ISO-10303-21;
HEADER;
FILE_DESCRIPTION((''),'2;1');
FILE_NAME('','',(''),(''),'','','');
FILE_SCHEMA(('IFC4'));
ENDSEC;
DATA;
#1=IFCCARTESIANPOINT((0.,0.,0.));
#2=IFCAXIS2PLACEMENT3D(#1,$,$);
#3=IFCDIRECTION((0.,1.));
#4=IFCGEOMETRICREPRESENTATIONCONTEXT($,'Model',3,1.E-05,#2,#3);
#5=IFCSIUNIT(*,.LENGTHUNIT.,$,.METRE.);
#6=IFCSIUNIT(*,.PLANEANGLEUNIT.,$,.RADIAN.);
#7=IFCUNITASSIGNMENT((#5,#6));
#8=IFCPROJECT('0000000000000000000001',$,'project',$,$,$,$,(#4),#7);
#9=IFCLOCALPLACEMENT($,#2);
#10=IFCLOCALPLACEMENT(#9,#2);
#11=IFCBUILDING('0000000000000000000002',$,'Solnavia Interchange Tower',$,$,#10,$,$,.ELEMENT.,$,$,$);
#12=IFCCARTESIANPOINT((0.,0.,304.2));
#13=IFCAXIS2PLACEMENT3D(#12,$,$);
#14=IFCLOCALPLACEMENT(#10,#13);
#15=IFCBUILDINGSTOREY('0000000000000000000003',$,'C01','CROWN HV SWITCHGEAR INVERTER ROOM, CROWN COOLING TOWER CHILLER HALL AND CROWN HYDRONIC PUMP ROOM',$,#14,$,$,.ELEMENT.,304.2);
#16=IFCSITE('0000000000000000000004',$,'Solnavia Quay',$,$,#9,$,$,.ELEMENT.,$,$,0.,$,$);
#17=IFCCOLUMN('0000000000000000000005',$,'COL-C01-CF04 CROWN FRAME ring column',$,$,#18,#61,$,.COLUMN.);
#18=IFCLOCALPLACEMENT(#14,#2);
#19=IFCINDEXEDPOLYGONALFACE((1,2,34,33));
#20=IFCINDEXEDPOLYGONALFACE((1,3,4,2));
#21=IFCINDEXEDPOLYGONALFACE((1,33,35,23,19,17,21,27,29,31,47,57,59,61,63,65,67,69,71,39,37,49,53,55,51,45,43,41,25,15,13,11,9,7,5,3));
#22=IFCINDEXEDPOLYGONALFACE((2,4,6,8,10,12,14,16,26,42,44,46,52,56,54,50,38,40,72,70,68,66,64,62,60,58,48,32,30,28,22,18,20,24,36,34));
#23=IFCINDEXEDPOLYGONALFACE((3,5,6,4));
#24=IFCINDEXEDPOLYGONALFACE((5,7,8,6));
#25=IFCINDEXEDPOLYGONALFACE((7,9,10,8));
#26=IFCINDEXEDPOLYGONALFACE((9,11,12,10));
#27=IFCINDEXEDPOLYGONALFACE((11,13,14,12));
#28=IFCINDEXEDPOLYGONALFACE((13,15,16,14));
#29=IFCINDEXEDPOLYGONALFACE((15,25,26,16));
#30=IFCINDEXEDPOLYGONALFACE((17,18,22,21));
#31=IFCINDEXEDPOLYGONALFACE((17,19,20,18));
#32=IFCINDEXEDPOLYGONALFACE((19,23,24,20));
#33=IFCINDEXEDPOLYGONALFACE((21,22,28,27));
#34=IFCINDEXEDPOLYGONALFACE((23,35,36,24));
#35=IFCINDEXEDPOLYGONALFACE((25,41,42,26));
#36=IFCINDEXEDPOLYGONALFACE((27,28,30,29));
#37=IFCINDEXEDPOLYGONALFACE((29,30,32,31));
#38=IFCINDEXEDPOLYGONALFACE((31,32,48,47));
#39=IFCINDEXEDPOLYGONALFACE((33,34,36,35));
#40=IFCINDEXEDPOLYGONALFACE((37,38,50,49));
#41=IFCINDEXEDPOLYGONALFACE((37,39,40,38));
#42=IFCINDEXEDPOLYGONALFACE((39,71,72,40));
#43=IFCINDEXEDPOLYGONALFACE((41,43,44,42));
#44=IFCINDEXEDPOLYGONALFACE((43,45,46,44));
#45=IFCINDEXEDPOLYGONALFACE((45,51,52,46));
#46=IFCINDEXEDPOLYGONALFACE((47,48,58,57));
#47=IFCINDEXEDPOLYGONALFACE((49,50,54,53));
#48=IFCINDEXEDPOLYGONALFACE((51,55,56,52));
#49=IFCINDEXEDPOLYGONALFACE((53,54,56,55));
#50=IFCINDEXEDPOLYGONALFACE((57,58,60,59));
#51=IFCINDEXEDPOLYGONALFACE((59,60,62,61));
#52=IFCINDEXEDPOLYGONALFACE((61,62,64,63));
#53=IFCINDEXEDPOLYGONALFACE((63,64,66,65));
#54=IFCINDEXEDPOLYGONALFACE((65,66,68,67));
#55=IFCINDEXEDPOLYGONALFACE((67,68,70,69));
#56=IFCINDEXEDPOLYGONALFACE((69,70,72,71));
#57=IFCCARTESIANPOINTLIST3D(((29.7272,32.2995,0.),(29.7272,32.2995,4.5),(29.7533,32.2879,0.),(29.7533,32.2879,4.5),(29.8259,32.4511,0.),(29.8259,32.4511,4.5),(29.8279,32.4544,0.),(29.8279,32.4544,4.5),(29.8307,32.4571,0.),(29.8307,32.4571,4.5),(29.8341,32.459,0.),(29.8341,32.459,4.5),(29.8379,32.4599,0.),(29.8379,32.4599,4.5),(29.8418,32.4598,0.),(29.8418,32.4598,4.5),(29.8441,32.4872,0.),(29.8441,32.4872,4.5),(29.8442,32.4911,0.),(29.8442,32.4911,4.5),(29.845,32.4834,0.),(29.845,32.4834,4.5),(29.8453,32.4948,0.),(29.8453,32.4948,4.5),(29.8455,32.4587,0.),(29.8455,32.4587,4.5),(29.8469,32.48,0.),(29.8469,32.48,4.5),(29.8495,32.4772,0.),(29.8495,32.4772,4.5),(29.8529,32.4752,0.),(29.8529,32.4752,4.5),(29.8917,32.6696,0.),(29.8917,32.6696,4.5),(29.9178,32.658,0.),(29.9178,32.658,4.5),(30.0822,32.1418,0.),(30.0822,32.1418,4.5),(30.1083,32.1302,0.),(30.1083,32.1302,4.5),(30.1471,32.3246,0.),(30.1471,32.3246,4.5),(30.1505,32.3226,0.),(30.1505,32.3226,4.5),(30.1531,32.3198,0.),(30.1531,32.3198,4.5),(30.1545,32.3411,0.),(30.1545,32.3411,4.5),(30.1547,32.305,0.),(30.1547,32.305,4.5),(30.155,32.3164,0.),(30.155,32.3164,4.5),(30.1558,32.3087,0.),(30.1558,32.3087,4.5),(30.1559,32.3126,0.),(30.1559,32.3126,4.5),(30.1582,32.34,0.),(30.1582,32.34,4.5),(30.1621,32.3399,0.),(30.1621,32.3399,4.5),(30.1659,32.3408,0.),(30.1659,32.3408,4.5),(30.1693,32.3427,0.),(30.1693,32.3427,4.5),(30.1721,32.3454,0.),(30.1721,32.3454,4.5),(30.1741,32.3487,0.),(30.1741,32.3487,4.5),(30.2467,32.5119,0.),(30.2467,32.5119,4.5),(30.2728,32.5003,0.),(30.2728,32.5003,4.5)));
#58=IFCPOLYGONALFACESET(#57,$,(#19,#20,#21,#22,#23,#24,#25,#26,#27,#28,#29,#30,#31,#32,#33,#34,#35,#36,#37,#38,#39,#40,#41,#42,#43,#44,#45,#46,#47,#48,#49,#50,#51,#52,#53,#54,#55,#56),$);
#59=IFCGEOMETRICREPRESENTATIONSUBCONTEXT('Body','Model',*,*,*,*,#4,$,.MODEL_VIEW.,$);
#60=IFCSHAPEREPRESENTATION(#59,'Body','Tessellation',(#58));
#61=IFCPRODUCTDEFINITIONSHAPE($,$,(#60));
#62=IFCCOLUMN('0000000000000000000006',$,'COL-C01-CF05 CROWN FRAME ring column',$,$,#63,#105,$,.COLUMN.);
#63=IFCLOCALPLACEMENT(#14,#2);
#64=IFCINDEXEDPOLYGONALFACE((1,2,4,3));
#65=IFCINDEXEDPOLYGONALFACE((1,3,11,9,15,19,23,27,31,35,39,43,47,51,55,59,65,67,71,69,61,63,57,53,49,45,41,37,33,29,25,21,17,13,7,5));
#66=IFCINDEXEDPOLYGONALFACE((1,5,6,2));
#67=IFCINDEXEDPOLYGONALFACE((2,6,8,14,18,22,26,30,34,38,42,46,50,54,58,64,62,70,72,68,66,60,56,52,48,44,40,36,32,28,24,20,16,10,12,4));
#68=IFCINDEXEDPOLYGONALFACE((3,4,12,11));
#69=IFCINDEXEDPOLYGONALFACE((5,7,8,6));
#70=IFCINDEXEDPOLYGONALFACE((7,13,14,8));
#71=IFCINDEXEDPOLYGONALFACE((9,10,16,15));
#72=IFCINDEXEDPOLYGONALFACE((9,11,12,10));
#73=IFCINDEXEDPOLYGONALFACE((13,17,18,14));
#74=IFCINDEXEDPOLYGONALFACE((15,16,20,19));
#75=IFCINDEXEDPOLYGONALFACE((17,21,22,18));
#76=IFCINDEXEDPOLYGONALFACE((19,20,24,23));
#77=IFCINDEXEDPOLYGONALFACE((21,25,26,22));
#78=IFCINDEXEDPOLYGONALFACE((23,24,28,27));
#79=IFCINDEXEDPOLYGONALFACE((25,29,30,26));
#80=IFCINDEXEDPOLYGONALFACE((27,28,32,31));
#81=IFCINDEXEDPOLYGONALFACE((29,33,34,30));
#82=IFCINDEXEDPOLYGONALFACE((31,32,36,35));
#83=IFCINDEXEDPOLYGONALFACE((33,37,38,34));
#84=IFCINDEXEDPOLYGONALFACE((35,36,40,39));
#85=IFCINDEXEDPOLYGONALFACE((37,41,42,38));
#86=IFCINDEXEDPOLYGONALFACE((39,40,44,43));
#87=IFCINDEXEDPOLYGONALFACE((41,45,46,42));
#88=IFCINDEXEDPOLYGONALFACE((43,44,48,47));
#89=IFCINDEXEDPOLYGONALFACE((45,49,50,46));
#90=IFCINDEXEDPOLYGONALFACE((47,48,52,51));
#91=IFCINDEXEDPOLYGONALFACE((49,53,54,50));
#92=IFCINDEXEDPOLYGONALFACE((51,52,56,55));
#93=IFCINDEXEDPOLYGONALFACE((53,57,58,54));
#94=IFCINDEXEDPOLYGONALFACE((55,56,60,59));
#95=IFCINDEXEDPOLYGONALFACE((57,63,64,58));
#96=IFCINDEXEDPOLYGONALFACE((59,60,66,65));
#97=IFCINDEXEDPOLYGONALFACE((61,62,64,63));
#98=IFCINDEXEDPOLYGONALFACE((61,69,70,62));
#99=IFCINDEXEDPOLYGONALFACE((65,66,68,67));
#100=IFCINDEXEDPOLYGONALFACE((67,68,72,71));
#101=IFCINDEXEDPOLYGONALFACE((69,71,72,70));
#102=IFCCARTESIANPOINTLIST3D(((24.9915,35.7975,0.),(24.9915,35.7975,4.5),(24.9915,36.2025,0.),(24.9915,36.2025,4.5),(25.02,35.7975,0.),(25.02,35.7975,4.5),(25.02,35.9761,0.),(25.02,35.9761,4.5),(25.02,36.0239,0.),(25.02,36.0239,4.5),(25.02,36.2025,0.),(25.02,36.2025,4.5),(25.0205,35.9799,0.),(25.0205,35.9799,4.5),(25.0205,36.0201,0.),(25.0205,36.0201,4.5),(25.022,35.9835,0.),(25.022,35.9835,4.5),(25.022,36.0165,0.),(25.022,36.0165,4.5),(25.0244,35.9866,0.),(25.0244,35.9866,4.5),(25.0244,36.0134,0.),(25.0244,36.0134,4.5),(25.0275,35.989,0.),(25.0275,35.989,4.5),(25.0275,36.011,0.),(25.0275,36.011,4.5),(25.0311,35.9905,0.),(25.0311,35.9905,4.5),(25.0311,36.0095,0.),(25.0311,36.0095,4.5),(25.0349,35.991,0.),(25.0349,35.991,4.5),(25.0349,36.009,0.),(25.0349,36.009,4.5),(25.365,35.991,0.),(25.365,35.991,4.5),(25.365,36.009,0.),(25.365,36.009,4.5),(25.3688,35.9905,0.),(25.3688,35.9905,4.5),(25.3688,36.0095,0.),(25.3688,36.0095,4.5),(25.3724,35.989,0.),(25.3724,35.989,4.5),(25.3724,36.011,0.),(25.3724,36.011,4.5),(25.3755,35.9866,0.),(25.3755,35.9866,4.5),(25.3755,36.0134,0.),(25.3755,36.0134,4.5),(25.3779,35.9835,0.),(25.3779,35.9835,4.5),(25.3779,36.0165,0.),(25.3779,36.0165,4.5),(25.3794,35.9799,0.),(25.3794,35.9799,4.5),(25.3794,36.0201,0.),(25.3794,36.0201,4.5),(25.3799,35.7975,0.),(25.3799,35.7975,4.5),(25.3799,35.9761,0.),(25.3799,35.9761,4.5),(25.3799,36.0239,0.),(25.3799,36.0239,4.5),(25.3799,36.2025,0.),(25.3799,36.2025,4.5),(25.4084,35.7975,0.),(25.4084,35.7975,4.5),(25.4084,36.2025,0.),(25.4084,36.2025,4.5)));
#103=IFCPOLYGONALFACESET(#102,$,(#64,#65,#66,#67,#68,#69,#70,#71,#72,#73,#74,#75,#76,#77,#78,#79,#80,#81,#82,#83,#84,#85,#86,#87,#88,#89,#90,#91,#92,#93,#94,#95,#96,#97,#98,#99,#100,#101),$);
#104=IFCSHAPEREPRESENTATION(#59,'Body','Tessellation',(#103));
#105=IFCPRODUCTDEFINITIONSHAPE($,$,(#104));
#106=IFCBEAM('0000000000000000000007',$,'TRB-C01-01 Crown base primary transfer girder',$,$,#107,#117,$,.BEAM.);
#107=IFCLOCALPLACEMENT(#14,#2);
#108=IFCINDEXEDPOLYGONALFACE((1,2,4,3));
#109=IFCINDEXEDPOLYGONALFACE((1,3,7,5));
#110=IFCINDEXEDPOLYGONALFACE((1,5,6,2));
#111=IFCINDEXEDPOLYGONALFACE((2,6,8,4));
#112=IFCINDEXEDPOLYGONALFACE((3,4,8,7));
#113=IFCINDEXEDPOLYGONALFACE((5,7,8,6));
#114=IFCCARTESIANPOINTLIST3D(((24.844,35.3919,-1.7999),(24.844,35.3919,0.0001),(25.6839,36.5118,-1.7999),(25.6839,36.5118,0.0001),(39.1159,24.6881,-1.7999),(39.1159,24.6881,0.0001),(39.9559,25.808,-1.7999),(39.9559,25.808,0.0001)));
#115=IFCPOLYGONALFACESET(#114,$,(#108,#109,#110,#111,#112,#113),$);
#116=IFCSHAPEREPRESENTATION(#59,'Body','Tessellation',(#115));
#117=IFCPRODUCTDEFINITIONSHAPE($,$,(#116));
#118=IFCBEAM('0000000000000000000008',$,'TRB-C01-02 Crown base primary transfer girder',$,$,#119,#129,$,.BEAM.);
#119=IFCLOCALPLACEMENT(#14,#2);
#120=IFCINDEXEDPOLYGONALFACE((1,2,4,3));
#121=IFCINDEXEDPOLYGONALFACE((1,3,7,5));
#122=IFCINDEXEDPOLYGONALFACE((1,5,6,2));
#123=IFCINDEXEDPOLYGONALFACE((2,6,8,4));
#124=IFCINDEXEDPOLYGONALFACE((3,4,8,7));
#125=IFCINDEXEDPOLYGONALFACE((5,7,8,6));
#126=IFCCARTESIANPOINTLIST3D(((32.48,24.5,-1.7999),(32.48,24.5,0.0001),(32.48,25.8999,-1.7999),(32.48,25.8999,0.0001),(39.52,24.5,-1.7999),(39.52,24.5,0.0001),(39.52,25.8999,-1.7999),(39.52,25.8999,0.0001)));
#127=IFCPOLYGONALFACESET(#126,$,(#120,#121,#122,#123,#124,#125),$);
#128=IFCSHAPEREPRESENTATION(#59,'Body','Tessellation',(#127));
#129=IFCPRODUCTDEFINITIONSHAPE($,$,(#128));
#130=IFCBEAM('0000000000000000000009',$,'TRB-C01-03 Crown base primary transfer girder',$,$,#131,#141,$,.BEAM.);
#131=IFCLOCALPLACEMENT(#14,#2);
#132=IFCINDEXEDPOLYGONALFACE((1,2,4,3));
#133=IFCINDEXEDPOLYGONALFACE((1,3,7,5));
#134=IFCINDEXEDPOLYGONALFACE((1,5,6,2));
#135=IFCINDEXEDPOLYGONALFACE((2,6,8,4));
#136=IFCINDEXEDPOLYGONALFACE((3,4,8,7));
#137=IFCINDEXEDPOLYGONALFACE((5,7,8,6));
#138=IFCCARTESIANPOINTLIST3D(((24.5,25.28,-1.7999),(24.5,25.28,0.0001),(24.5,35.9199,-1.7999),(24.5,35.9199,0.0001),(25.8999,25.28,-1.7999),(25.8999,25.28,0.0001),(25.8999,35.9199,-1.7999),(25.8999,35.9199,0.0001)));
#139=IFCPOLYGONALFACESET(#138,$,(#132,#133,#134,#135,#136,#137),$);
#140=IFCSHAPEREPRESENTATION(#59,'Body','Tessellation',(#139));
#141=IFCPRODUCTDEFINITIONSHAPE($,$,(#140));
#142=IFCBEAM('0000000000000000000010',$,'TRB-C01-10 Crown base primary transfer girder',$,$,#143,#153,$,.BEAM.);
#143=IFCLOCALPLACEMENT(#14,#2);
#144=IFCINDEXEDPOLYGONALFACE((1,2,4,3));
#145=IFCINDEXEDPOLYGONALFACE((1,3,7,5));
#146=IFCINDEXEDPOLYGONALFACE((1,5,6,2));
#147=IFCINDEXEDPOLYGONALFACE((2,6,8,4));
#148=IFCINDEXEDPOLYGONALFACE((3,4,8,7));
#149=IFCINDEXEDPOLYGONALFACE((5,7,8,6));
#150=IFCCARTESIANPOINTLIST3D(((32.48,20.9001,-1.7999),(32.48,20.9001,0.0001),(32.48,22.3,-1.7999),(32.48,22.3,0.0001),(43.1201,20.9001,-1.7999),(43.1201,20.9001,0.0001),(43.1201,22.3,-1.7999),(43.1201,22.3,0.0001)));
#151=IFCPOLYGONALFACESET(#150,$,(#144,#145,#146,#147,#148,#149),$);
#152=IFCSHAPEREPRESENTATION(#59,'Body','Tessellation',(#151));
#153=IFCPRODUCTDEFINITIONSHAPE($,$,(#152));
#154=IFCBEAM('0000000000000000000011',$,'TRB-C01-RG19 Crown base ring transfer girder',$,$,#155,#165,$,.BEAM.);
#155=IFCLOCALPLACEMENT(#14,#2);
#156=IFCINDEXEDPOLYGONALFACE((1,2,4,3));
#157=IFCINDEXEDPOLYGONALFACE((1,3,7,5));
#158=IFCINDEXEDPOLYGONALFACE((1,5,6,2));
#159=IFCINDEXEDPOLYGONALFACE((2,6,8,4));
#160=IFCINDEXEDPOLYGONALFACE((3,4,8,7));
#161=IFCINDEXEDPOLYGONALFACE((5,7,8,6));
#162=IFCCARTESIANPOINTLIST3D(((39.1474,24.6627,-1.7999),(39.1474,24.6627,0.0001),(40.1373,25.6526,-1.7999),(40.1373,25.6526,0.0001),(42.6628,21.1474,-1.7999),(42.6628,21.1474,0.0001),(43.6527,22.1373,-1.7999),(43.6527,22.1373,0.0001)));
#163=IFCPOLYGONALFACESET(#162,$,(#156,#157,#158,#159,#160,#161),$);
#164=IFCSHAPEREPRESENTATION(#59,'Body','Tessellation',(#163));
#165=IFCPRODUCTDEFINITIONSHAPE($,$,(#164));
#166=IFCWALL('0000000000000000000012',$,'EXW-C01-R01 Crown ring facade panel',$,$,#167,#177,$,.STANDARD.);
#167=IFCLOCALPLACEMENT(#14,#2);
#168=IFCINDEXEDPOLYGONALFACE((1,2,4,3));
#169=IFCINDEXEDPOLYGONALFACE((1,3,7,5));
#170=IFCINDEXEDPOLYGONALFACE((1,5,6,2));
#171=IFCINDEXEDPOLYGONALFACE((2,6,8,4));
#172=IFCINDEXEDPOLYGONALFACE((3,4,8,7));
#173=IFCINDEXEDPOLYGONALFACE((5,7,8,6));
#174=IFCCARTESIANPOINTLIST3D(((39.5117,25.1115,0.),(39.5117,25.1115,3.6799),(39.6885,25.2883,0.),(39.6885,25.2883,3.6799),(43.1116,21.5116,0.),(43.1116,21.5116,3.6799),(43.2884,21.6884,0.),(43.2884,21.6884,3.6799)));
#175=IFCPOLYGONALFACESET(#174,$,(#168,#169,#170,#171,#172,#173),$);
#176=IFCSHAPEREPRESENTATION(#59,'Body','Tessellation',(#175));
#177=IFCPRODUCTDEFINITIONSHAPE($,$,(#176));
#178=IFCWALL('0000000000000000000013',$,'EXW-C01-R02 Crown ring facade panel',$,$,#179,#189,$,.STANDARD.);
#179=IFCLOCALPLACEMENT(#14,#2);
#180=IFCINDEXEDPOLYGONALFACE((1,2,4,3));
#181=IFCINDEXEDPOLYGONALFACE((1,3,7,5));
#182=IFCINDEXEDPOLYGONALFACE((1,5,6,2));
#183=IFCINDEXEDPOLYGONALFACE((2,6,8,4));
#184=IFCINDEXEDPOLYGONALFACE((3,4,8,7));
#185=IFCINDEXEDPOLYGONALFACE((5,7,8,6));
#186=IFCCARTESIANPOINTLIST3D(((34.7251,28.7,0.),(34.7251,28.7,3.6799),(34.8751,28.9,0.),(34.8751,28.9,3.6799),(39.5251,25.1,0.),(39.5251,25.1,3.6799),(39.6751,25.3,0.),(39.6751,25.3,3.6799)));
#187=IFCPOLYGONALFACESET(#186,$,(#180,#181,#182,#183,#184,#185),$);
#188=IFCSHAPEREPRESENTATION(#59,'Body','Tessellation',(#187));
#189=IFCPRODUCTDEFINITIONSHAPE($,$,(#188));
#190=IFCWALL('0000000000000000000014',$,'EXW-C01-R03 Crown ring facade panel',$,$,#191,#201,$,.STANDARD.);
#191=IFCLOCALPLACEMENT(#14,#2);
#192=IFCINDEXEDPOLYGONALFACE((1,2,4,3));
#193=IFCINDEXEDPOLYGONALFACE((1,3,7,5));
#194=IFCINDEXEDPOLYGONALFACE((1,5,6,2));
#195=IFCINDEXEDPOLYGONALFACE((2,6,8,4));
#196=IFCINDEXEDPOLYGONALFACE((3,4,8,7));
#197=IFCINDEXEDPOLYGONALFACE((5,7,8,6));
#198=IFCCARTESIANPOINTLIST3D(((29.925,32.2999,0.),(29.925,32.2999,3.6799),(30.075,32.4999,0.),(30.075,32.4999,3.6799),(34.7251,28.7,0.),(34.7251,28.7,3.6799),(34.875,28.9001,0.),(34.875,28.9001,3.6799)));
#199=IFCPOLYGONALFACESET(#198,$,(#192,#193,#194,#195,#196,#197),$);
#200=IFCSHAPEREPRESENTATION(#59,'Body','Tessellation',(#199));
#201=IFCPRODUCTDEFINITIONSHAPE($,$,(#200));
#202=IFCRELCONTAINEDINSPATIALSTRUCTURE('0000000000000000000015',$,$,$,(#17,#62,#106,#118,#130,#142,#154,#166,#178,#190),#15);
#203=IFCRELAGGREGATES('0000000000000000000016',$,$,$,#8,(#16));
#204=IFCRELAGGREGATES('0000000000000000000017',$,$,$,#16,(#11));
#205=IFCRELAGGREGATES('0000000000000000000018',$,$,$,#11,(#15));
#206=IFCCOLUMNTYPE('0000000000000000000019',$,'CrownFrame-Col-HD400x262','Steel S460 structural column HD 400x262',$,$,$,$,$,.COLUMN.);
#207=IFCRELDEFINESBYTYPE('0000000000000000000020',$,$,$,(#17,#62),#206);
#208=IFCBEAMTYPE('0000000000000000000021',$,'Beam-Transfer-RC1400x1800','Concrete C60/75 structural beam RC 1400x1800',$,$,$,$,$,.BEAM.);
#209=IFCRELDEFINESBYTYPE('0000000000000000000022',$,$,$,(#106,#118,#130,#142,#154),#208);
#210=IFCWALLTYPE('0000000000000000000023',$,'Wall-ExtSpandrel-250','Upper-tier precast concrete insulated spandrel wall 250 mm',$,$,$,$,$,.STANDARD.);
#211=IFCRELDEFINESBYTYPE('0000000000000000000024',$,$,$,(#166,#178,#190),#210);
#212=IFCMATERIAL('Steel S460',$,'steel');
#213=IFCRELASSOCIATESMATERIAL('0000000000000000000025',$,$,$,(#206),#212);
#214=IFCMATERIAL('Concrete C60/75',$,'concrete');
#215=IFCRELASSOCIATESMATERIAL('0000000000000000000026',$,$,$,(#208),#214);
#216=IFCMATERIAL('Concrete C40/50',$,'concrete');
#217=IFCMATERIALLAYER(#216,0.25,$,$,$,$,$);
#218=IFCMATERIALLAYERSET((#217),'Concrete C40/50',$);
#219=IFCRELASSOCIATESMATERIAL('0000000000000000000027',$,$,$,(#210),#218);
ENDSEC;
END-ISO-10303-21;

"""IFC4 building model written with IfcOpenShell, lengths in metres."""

from ifc_helpers import new_model, si_unit, direction, frame, frame_2d, origin, origin_2d, place, context, subcontext, project, spatial, rectangle, i_section, extrude, material, layer, layer_set, material_profile, profile_set, type_object, element, save


model = new_model("IFC4")

# Units and contexts
model_context = context("Model", 3, precision=1e-05, world=origin(), true_north=direction((0.0, 1.0)))
body_context = subcontext(model_context, "Body", "Model", "MODEL_VIEW")
ifc_project = project(units=[si_unit("LENGTHUNIT", "METRE"), si_unit("PLANEANGLEUNIT", "RADIAN")], contexts=[model_context])

# Site, building, storey
site_placement = place(None, origin())
site = spatial("IfcSite", under=ifc_project, at=site_placement, Name="Solnavia Quay", CompositionType="ELEMENT", RefElevation=0.0)
building_placement = place(site_placement, origin())
building = spatial("IfcBuilding", under=site, at=building_placement, Name="Solnavia Interchange Tower", CompositionType="ELEMENT")
storey_placement = place(building_placement, frame((0.0, 0.0, 304.2)))
storey = spatial("IfcBuildingStorey", under=building, at=storey_placement, Name="C01", Description="CROWN HV SWITCHGEAR INVERTER ROOM, CROWN COOLING TOWER CHILLER HALL AND CROWN HYDRONIC PUMP ROOM", CompositionType="ELEMENT", Elevation=304.2)

# Columns
ifc_material_1 = material(Name="Steel S460", Category="steel")
ifc_material_profile_1 = material_profile(ifc_material_1, i_section(OverallWidth=0.405, OverallDepth=0.417, WebThickness=0.0181, FlangeThickness=0.0286, FilletRadius=0.0149, at=origin_2d()), Name="HD 400x262")
ifc_profile_set_1 = profile_set([ifc_material_profile_1], Name="Steel S460")
column_type_1 = type_object("IfcColumnType", Name="CrownFrame-Col-HD400x262", Description="Steel S460 structural column HD 400x262", PredefinedType="COLUMN", material=ifc_profile_set_1)
for number, where, z_axis, x_axis, name in (
    (1, (30.0, 32.3999, 0.0), (0.0, 0.0, 1.0), (0.406099, 0.913829, 0.0), "COL-C01-CF04 CROWN FRAME ring column"),
    (2, (25.2, 36.0, 0.0), (0.0, 0.0, 1.0), (0.0, 1.0, 0.0), "COL-C01-CF05 CROWN FRAME ring column"),
):
    element("IfcColumn", number, at=place(storey_placement, frame(where, z_axis=z_axis, x_axis=x_axis)), inside=storey, type_object=column_type_1, Name=name, PredefinedType="COLUMN", context=body_context, shape_type="SweptSolid", body=[
        extrude(i_section(OverallWidth=0.405, OverallDepth=0.417, WebThickness=0.0181, FlangeThickness=0.0286, FilletRadius=0.0149, at=origin_2d()), origin(), (0.0, 0.0, 1.0), 4.5),
    ])

# Beams
ifc_material_2 = material(Name="Concrete C60/75", Category="concrete")
ifc_material_profile_2 = material_profile(ifc_material_2, rectangle(XDim=1.3999, YDim=1.8, at=origin_2d()), Name="RC 1400x1800")
ifc_profile_set_2 = profile_set([ifc_material_profile_2], Name="Concrete C60/75")
beam_type = type_object("IfcBeamType", Name="Beam-Transfer-RC1400x1800", Description="Concrete C60/75 structural beam RC 1400x1800", PredefinedType="BEAM", material=ifc_profile_set_2)
beam_1_placement = place(storey_placement, frame((39.5359, 25.248, -0.8999), z_axis=(-0.800003, 0.599996, 0.0), x_axis=(-0.599996, -0.800003, 0.0)))
element("IfcBeam", 3, at=beam_1_placement, inside=storey, type_object=beam_type, Name="TRB-C01-01 Crown base primary transfer girder", PredefinedType="BEAM", context=body_context, shape_type="SweptSolid", body=[
    extrude(rectangle(XDim=1.3999, YDim=1.8, at=origin_2d()), origin(), (0.0, 0.0, 1.0), 17.8398),
])
beam_2_placement = place(storey_placement, frame((32.48, 25.2, -0.8999), z_axis=(1.0, 0.0, 0.0), x_axis=(0.0, 1.0, 0.0)))
element("IfcBeam", 4, at=beam_2_placement, inside=storey, type_object=beam_type, Name="TRB-C01-02 Crown base primary transfer girder", PredefinedType="BEAM", context=body_context, shape_type="SweptSolid", body=[
    extrude(rectangle(XDim=1.3999, YDim=1.8, at=origin_2d()), origin(), (0.0, 0.0, 1.0), 7.04),
])
beam_3_placement = place(storey_placement, frame((25.2, 25.28, -0.8999), z_axis=(0.0, 1.0, 0.0), x_axis=(-1.0, 0.0, 0.0)))
element("IfcBeam", 5, at=beam_3_placement, inside=storey, type_object=beam_type, Name="TRB-C01-03 Crown base primary transfer girder", PredefinedType="BEAM", context=body_context, shape_type="SweptSolid", body=[
    extrude(rectangle(XDim=1.3999, YDim=1.8, at=origin_2d()), origin(), (0.0, 0.0, 1.0), 10.6399),
])
beam_4_placement = place(storey_placement, frame((32.48, 21.6001, -0.8999), z_axis=(1.0, 0.0, 0.0), x_axis=(0.0, 1.0, 0.0)))
element("IfcBeam", 6, at=beam_4_placement, inside=storey, type_object=beam_type, Name="TRB-C01-10 Crown base primary transfer girder", PredefinedType="BEAM", context=body_context, shape_type="SweptSolid", body=[
    extrude(rectangle(XDim=1.3999, YDim=1.8, at=origin_2d()), origin(), (0.0, 0.0, 1.0), 10.6401),
])
beam_5_placement = place(storey_placement, frame((43.1577, 21.6423, -0.8999), z_axis=(-0.707107, 0.707107, 0.0), x_axis=(-0.707107, -0.707107, 0.0)))
element("IfcBeam", 7, at=beam_5_placement, inside=storey, type_object=beam_type, Name="TRB-C01-RG19 Crown base ring transfer girder", PredefinedType="BEAM", context=body_context, shape_type="SweptSolid", body=[
    extrude(rectangle(XDim=1.3999, YDim=1.8, at=origin_2d()), origin(), (0.0, 0.0, 1.0), 4.9714),
])

# Walls
ifc_material_3 = material(Name="Concrete C40/50", Category="concrete")
ifc_layer_1 = layer(ifc_material_3, 0.25)
ifc_layer_set_1 = layer_set([ifc_layer_1], Name="Concrete C40/50")
wall_type_1 = type_object("IfcWallType", Name="Wall-ExtSpandrel-250", Description="Upper-tier precast concrete insulated spandrel wall 250 mm", PredefinedType="STANDARD", material=ifc_layer_set_1)
wall_1_placement = place(storey_placement, frame((43.2, 21.6001, 0.0), z_axis=(0.0, 0.0, 1.0), x_axis=(-0.707107, 0.707107, 0.0)))
element("IfcWall", 8, at=wall_1_placement, inside=storey, type_object=wall_type_1, Name="EXW-C01-R01 Crown ring facade panel", PredefinedType="STANDARD", context=body_context, shape_type="SweptSolid", body=[
    extrude(rectangle(XDim=5.0911, YDim=0.25, at=frame_2d((2.5454, 0.0))), origin(), (0.0, 0.0, 1.0), 3.6799),
])
for number, where, z_axis, x_axis, name in (
    (9, (39.6001, 25.2, 0.0), (0.0, 0.0, 1.0), (-0.799995, 0.600007, 0.0), "EXW-C01-R02 Crown ring facade panel"),
    (10, (34.8, 28.8, 0.0), (0.0, 0.0, 1.0), (-0.800015, 0.59998, 0.0), "EXW-C01-R03 Crown ring facade panel"),
):
    element("IfcWall", number, at=place(storey_placement, frame(where, z_axis=z_axis, x_axis=x_axis)), inside=storey, type_object=wall_type_1, Name=name, PredefinedType="STANDARD", context=body_context, shape_type="SweptSolid", body=[
        extrude(rectangle(XDim=6.0, YDim=0.25, at=frame_2d((3.0, 0.0))), origin(), (0.0, 0.0, 1.0), 3.6799),
    ])

save(model, "model.ifc")
